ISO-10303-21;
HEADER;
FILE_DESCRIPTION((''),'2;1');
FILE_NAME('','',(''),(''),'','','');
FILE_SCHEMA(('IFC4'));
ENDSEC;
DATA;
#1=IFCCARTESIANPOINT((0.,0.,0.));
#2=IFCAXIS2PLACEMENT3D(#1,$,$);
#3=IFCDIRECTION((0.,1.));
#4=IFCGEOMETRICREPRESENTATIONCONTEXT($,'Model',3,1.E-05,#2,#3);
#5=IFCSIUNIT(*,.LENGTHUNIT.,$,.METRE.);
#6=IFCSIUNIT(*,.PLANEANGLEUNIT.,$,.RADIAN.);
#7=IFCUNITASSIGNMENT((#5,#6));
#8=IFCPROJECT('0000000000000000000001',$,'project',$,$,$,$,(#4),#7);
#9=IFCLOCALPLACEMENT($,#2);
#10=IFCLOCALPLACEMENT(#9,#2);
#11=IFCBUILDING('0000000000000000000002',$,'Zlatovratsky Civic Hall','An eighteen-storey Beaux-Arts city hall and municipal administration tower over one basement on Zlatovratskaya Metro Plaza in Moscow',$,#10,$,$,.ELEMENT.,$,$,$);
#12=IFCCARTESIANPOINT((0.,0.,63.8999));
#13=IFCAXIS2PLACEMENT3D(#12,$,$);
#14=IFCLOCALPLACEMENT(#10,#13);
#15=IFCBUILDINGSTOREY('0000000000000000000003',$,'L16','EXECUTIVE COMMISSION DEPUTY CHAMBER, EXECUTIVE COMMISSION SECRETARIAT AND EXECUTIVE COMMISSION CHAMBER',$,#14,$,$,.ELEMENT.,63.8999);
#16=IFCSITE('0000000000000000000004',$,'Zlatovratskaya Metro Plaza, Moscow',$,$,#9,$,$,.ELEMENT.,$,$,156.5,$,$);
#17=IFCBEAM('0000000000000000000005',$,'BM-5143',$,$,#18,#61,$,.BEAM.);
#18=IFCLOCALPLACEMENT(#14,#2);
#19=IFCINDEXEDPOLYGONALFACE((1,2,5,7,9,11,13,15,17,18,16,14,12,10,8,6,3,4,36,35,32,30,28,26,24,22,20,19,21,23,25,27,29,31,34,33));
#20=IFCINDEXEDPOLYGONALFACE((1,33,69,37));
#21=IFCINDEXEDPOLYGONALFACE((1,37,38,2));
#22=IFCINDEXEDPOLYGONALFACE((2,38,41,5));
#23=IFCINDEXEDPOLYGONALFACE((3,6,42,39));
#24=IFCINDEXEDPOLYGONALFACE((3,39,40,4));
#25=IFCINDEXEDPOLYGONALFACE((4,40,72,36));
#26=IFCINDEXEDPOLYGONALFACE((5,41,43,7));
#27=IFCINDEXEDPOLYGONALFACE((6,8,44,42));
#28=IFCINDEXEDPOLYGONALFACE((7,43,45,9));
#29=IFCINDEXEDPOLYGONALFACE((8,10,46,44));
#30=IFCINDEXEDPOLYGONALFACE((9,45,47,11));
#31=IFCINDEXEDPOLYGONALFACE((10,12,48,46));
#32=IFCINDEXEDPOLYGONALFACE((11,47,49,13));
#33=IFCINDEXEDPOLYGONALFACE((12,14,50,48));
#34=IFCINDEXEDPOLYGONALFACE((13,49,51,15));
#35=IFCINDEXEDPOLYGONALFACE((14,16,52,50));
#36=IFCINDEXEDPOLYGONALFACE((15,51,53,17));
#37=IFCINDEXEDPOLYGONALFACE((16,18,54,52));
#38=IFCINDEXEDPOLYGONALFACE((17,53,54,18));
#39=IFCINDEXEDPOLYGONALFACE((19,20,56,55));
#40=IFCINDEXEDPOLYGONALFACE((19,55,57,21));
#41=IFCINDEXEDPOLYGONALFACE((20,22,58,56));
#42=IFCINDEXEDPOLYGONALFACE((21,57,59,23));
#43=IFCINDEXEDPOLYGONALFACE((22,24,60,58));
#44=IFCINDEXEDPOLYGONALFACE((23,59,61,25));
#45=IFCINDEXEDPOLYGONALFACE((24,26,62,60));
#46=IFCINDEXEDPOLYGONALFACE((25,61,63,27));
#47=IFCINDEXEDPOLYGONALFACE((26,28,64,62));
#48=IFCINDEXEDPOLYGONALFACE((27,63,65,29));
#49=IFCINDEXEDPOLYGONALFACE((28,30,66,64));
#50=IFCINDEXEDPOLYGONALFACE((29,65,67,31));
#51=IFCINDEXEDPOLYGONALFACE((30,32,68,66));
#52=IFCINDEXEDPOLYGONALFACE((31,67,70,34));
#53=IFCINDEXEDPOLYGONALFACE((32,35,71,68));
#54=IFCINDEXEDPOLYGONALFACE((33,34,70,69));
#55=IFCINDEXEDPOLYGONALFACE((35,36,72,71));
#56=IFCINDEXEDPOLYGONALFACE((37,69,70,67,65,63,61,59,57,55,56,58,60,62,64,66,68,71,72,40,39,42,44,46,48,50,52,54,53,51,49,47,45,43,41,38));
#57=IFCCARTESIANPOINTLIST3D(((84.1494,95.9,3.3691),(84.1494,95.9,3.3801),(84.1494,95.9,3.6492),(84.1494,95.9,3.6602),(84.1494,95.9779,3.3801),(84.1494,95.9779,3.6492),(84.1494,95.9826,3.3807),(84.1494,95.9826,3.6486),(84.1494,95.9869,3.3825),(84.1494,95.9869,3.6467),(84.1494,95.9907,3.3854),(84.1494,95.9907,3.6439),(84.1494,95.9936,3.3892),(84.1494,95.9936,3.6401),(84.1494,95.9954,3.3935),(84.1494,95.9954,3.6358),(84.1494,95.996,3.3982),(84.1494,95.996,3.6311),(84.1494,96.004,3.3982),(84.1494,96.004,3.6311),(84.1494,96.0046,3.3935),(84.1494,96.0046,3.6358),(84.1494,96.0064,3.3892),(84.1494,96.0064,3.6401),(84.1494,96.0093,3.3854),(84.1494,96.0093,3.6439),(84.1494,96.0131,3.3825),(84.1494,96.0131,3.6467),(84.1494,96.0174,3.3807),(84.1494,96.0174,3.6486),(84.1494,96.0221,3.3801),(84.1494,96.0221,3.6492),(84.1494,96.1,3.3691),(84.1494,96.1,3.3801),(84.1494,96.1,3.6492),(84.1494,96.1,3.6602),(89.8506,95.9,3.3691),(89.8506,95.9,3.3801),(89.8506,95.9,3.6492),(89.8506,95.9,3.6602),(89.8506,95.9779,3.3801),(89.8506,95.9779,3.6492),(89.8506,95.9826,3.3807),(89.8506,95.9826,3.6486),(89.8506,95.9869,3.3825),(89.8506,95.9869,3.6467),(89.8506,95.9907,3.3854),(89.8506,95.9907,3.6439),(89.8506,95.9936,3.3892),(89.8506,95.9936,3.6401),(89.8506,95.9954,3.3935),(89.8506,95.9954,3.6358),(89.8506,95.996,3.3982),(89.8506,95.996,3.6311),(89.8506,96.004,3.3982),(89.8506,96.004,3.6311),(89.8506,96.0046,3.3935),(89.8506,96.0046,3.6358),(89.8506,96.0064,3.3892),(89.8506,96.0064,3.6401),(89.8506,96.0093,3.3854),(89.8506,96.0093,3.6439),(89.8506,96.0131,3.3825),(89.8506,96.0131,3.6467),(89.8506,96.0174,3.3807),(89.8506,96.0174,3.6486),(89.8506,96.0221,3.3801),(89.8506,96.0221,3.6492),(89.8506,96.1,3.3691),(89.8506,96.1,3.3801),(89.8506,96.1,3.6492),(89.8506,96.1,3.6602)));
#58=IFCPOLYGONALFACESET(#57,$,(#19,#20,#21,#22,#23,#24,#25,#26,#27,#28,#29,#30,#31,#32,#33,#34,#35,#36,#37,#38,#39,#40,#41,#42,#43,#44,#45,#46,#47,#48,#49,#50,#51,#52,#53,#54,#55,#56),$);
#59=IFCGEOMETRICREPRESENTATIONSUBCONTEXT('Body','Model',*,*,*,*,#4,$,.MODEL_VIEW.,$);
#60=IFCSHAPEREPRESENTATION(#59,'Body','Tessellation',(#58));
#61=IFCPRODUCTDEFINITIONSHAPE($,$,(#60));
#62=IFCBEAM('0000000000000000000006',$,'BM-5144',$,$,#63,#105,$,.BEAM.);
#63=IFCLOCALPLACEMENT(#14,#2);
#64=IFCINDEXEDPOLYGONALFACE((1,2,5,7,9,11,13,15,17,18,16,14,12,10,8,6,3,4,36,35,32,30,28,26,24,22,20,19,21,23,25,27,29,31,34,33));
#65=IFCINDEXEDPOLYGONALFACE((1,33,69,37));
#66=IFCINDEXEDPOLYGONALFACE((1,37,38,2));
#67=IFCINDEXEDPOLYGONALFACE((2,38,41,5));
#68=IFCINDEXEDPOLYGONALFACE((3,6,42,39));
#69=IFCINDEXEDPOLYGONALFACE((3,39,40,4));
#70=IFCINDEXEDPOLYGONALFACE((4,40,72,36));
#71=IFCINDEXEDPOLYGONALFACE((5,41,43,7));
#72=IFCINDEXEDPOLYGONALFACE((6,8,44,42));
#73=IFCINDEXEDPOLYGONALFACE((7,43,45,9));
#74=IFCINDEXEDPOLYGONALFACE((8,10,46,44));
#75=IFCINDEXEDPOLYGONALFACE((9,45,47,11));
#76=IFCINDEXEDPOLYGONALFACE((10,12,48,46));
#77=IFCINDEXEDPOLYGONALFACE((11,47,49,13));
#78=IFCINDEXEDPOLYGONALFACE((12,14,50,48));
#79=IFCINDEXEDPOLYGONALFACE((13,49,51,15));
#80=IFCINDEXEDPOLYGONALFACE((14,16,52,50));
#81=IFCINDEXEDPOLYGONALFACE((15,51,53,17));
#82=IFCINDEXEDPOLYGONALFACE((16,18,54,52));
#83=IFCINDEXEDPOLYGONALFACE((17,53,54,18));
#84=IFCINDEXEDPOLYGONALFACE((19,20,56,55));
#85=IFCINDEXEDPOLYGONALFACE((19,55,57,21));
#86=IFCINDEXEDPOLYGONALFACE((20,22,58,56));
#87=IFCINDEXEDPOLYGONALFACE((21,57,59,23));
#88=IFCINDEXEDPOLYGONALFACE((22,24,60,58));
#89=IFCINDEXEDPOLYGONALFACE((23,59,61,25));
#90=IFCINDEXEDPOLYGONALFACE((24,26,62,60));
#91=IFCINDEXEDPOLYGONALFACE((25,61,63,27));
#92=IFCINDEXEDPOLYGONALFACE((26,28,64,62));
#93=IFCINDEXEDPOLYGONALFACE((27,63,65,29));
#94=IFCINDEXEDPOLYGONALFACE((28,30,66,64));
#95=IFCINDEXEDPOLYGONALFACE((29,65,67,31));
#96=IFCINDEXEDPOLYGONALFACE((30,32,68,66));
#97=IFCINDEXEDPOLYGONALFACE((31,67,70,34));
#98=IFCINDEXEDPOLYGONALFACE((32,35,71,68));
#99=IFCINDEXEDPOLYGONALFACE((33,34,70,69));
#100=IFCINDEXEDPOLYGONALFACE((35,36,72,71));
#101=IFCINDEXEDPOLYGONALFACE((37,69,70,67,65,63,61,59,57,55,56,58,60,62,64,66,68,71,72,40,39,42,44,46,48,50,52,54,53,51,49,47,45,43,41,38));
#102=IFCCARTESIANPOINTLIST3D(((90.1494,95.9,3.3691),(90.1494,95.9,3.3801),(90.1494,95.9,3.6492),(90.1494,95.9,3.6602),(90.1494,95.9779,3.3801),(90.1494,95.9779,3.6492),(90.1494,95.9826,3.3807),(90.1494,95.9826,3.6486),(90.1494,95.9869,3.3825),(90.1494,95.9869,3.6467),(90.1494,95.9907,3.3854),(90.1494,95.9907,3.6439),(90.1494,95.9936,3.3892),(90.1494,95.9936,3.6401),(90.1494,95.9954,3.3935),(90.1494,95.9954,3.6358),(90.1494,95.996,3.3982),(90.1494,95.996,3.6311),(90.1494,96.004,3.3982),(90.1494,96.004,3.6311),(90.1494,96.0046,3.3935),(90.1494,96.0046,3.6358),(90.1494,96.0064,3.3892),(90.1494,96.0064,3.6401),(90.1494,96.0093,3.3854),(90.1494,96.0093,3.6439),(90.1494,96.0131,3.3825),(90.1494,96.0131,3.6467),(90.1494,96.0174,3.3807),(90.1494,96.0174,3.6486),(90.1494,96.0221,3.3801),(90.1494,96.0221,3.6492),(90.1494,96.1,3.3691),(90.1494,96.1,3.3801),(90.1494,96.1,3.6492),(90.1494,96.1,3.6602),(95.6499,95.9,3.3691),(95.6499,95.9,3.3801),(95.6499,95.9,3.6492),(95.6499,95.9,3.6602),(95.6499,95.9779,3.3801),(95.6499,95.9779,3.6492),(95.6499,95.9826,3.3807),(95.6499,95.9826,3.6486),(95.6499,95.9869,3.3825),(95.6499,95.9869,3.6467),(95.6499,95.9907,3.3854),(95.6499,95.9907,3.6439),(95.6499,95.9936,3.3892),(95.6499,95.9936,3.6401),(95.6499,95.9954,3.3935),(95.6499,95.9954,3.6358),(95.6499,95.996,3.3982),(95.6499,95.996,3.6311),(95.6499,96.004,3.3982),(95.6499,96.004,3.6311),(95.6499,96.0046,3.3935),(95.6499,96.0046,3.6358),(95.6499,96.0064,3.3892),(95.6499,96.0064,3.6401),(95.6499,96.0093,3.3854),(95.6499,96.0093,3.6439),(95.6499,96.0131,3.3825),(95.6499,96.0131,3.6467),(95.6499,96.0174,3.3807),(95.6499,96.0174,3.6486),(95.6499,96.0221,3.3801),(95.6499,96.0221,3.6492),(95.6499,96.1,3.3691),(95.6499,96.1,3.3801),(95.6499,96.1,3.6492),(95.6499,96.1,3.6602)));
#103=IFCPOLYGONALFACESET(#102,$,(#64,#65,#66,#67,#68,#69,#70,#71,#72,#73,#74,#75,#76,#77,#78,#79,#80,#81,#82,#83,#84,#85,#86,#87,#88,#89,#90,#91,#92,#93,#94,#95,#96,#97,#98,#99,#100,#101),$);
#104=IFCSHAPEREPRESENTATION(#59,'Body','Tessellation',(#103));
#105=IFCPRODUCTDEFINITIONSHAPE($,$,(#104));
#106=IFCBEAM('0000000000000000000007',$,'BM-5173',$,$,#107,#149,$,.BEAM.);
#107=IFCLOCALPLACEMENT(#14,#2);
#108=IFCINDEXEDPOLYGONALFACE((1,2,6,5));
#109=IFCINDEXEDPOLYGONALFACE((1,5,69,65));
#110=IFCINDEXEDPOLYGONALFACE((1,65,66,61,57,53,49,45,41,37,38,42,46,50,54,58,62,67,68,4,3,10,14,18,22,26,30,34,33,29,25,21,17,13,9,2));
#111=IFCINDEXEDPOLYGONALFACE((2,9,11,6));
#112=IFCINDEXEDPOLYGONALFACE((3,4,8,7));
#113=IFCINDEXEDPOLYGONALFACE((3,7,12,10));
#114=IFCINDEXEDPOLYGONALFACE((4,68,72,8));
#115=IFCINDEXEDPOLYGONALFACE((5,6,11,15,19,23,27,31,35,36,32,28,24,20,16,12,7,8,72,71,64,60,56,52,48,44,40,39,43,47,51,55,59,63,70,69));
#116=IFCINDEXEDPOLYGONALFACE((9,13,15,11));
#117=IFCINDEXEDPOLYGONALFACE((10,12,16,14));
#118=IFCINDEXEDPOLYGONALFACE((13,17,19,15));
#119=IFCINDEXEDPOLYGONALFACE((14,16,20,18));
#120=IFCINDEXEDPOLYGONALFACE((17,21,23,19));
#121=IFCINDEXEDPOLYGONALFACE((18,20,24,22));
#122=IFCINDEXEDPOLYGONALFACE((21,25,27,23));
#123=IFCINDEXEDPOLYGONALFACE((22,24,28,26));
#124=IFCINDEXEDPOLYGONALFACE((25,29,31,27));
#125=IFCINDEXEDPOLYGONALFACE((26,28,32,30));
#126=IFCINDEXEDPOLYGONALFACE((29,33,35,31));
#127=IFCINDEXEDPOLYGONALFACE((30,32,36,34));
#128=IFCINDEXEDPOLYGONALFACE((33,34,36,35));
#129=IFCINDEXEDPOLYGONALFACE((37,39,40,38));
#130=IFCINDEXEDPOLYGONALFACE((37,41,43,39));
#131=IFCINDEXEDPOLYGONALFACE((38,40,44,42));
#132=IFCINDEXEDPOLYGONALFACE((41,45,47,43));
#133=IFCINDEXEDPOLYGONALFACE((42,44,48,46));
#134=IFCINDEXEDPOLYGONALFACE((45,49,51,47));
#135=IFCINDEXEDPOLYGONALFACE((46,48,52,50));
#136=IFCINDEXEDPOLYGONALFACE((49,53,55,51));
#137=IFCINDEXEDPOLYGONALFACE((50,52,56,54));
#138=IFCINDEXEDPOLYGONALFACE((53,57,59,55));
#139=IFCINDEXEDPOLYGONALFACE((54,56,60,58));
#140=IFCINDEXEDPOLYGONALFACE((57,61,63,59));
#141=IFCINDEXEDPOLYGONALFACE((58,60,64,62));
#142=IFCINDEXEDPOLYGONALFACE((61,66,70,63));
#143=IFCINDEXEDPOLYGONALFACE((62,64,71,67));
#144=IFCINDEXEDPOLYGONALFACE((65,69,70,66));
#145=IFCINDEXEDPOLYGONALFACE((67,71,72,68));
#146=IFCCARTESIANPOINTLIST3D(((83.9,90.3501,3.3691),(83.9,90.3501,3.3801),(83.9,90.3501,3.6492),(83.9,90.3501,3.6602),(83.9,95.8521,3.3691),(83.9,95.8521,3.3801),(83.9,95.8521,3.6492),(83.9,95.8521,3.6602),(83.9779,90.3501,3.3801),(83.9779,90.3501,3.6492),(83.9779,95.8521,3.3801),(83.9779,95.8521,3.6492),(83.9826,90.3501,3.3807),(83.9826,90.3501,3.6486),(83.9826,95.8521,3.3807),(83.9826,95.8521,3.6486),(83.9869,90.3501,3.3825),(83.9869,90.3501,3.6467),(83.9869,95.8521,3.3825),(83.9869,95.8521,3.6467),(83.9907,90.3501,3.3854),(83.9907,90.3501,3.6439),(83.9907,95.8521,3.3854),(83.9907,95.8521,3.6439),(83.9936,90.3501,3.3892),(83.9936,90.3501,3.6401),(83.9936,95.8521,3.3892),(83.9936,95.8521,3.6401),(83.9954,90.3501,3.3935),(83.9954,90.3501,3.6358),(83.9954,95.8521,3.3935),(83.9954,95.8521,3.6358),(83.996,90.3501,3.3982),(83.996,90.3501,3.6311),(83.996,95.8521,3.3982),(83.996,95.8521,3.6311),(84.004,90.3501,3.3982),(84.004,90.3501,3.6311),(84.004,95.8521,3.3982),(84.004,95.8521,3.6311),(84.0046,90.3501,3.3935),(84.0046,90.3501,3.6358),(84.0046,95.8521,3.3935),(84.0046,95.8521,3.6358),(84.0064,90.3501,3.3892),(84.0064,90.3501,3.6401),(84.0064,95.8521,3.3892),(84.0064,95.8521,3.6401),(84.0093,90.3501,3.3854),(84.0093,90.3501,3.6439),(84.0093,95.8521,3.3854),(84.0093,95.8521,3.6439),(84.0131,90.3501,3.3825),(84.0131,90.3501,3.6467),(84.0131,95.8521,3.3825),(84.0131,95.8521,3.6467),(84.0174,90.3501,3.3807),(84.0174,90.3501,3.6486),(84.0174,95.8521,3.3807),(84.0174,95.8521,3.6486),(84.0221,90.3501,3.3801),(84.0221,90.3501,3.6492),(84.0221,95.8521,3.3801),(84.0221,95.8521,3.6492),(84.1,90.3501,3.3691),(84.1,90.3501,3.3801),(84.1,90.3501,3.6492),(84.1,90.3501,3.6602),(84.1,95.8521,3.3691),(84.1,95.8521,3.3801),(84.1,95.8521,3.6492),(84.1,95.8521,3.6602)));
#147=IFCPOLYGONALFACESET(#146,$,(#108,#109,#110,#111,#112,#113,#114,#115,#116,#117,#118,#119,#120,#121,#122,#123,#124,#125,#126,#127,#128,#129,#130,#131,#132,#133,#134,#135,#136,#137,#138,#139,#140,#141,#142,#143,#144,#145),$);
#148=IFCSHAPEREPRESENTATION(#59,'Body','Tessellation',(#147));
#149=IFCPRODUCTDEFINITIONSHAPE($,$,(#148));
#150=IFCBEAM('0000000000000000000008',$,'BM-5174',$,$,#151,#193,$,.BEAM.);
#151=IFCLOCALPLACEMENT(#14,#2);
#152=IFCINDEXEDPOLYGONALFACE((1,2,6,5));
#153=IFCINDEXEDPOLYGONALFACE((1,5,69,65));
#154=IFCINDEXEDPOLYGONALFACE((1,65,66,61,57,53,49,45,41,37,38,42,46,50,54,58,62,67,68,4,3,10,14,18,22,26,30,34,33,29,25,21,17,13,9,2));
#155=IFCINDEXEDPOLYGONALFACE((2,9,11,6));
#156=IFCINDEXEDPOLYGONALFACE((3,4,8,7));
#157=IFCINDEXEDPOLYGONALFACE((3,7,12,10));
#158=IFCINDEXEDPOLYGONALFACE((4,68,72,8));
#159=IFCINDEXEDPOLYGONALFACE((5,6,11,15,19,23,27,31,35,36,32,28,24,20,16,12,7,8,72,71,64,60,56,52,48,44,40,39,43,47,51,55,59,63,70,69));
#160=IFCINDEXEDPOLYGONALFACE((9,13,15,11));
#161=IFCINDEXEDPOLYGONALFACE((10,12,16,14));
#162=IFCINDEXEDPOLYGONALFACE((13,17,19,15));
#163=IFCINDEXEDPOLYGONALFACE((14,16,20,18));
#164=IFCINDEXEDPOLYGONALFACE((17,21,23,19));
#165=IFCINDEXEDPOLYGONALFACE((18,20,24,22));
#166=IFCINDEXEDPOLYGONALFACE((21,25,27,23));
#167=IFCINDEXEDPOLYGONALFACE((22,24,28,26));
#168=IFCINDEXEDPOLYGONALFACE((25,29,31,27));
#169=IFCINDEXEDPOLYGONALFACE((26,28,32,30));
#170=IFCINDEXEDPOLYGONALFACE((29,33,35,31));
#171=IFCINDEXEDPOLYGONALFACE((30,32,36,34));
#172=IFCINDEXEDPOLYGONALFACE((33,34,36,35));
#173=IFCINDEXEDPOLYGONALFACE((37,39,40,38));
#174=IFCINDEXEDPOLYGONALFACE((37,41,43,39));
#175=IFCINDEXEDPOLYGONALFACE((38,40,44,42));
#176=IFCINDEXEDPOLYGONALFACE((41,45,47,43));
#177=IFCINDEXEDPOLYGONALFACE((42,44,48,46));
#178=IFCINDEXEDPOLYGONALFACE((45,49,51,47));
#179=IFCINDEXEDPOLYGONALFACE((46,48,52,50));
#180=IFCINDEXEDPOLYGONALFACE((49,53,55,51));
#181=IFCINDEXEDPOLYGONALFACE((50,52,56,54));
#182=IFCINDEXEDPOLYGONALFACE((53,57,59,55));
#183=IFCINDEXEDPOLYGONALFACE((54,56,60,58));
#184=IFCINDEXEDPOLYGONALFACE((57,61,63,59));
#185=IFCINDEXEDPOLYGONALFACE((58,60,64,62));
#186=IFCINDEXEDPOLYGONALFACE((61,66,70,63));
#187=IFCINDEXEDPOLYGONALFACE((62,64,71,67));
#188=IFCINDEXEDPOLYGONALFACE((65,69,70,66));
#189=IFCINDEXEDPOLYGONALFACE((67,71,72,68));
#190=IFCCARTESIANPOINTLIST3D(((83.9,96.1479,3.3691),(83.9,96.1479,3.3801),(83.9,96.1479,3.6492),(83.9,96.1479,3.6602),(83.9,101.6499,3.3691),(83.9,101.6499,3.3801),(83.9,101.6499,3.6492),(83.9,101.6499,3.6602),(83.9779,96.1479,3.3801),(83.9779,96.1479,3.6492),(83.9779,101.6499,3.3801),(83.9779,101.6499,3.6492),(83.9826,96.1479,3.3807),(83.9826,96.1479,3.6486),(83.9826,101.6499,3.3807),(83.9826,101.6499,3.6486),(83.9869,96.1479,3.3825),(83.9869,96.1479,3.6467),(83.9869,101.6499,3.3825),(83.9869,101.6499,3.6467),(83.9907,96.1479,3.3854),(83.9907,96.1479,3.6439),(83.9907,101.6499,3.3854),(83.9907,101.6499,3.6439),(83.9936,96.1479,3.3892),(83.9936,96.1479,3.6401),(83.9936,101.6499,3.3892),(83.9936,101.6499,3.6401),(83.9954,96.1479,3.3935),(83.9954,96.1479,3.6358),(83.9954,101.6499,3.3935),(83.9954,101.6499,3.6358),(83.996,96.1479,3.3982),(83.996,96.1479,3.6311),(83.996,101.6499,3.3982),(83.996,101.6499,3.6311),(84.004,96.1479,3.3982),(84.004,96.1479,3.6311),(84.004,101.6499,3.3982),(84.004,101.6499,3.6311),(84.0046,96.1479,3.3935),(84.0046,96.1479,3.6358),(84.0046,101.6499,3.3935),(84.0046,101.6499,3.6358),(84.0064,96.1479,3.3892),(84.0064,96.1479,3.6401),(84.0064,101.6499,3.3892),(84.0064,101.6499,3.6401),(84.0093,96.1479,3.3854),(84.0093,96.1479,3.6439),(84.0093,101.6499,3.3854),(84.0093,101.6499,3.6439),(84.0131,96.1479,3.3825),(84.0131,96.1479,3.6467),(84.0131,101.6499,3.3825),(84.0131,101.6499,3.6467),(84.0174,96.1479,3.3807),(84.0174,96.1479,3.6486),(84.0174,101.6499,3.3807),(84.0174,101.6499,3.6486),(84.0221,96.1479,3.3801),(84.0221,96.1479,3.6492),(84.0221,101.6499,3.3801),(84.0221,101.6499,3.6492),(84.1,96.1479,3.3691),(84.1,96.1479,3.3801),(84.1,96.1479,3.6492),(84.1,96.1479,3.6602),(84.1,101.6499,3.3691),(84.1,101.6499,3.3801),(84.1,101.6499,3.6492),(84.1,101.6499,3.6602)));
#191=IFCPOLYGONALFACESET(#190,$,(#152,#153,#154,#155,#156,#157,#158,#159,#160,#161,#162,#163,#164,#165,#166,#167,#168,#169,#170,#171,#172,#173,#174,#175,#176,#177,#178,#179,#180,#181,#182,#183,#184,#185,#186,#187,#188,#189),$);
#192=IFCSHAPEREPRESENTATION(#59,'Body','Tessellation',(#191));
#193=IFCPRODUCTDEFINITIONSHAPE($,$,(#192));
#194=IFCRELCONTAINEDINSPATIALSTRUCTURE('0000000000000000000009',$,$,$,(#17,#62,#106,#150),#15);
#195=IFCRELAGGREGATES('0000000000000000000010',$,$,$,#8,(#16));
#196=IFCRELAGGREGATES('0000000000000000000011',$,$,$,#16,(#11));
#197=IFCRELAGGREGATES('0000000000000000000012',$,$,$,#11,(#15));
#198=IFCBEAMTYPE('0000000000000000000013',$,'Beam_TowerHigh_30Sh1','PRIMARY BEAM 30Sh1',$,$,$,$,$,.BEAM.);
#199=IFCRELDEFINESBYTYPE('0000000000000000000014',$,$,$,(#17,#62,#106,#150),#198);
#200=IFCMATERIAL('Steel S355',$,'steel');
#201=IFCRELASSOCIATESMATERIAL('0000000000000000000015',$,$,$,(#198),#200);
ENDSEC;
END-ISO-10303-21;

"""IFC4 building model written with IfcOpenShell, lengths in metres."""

from ifc_helpers import new_model, si_unit, direction, frame, origin, origin_2d, place, context, subcontext, project, spatial, i_section, extrude, material, material_profile, profile_set, type_object, element, save


model = new_model("IFC4")

# Units and contexts
model_context = context("Model", 3, precision=1e-05, world=origin(), true_north=direction((0.0, 1.0)))
body_context = subcontext(model_context, "Body", "Model", "MODEL_VIEW")
ifc_project = project(units=[si_unit("LENGTHUNIT", "METRE"), si_unit("PLANEANGLEUNIT", "RADIAN")], contexts=[model_context])

# Site, building, storey
site_placement = place(None, origin())
site = spatial("IfcSite", under=ifc_project, at=site_placement, Name="Zlatovratskaya Metro Plaza, Moscow", CompositionType="ELEMENT", RefElevation=156.5)
building_placement = place(site_placement, origin())
building = spatial("IfcBuilding", under=site, at=building_placement, Name="Zlatovratsky Civic Hall", Description="An eighteen-storey Beaux-Arts city hall and municipal administration tower over one basement on Zlatovratskaya Metro Plaza in Moscow", CompositionType="ELEMENT")
storey_placement = place(building_placement, frame((0.0, 0.0, 63.8999)))
storey = spatial("IfcBuildingStorey", under=building, at=storey_placement, Name="L16", Description="EXECUTIVE COMMISSION DEPUTY CHAMBER, EXECUTIVE COMMISSION SECRETARIAT AND EXECUTIVE COMMISSION CHAMBER", CompositionType="ELEMENT", Elevation=63.8999)

# Shared definitions
ifc_material_1 = material(Name="Steel S355", Category="steel")

# Beams
ifc_material_profile_1 = material_profile(ifc_material_1, i_section(OverallWidth=0.2, OverallDepth=0.291, WebThickness=0.0081, FlangeThickness=0.011, FilletRadius=0.0181, at=origin_2d()), Name="30Sh1")
ifc_profile_set_1 = profile_set([ifc_material_profile_1], Name="Steel S355")
beam_type_1 = type_object("IfcBeamType", Name="Beam_TowerHigh_30Sh1", Description="PRIMARY BEAM 30Sh1", PredefinedType="BEAM", material=ifc_profile_set_1)
beam_1_placement = place(storey_placement, frame((84.1494, 96.0, 3.5146), z_axis=(1.0, 0.0, 0.0), x_axis=(0.0, 1.0, 0.0)))
element("IfcBeam", 1, at=beam_1_placement, inside=storey, type_object=beam_type_1, Name="BM-5143", PredefinedType="BEAM", context=body_context, shape_type="SweptSolid", body=[
    extrude(i_section(OverallWidth=0.2, OverallDepth=0.291, WebThickness=0.0081, FlangeThickness=0.011, FilletRadius=0.0181, at=origin_2d()), origin(), (0.0, 0.0, 1.0), 5.7012),
])
beam_2_placement = place(storey_placement, frame((90.1494, 96.0, 3.5146), z_axis=(1.0, 0.0, 0.0), x_axis=(0.0, 1.0, 0.0)))
element("IfcBeam", 2, at=beam_2_placement, inside=storey, type_object=beam_type_1, Name="BM-5144", PredefinedType="BEAM", context=body_context, shape_type="SweptSolid", body=[
    extrude(i_section(OverallWidth=0.2, OverallDepth=0.291, WebThickness=0.0081, FlangeThickness=0.011, FilletRadius=0.0181, at=origin_2d()), origin(), (0.0, 0.0, 1.0), 5.5005),
])
for number, where, z_axis, x_axis, name in (
    (3, (84.0, 90.3501, 3.5146), (0.0, 1.0, 0.0), (-1.0, 0.0, 0.0), "BM-5173"),
    (4, (84.0, 96.1479, 3.5146), (0.0, 1.0, 0.0), (-1.0, 0.0, 0.0), "BM-5174"),
):
    element("IfcBeam", number, at=place(storey_placement, frame(where, z_axis=z_axis, x_axis=x_axis)), inside=storey, type_object=beam_type_1, Name=name, PredefinedType="BEAM", context=body_context, shape_type="SweptSolid", body=[
        extrude(i_section(OverallWidth=0.2, OverallDepth=0.291, WebThickness=0.0081, FlangeThickness=0.011, FilletRadius=0.0181, at=origin_2d()), origin(), (0.0, 0.0, 1.0), 5.502),
    ])

save(model, "model.ifc")
